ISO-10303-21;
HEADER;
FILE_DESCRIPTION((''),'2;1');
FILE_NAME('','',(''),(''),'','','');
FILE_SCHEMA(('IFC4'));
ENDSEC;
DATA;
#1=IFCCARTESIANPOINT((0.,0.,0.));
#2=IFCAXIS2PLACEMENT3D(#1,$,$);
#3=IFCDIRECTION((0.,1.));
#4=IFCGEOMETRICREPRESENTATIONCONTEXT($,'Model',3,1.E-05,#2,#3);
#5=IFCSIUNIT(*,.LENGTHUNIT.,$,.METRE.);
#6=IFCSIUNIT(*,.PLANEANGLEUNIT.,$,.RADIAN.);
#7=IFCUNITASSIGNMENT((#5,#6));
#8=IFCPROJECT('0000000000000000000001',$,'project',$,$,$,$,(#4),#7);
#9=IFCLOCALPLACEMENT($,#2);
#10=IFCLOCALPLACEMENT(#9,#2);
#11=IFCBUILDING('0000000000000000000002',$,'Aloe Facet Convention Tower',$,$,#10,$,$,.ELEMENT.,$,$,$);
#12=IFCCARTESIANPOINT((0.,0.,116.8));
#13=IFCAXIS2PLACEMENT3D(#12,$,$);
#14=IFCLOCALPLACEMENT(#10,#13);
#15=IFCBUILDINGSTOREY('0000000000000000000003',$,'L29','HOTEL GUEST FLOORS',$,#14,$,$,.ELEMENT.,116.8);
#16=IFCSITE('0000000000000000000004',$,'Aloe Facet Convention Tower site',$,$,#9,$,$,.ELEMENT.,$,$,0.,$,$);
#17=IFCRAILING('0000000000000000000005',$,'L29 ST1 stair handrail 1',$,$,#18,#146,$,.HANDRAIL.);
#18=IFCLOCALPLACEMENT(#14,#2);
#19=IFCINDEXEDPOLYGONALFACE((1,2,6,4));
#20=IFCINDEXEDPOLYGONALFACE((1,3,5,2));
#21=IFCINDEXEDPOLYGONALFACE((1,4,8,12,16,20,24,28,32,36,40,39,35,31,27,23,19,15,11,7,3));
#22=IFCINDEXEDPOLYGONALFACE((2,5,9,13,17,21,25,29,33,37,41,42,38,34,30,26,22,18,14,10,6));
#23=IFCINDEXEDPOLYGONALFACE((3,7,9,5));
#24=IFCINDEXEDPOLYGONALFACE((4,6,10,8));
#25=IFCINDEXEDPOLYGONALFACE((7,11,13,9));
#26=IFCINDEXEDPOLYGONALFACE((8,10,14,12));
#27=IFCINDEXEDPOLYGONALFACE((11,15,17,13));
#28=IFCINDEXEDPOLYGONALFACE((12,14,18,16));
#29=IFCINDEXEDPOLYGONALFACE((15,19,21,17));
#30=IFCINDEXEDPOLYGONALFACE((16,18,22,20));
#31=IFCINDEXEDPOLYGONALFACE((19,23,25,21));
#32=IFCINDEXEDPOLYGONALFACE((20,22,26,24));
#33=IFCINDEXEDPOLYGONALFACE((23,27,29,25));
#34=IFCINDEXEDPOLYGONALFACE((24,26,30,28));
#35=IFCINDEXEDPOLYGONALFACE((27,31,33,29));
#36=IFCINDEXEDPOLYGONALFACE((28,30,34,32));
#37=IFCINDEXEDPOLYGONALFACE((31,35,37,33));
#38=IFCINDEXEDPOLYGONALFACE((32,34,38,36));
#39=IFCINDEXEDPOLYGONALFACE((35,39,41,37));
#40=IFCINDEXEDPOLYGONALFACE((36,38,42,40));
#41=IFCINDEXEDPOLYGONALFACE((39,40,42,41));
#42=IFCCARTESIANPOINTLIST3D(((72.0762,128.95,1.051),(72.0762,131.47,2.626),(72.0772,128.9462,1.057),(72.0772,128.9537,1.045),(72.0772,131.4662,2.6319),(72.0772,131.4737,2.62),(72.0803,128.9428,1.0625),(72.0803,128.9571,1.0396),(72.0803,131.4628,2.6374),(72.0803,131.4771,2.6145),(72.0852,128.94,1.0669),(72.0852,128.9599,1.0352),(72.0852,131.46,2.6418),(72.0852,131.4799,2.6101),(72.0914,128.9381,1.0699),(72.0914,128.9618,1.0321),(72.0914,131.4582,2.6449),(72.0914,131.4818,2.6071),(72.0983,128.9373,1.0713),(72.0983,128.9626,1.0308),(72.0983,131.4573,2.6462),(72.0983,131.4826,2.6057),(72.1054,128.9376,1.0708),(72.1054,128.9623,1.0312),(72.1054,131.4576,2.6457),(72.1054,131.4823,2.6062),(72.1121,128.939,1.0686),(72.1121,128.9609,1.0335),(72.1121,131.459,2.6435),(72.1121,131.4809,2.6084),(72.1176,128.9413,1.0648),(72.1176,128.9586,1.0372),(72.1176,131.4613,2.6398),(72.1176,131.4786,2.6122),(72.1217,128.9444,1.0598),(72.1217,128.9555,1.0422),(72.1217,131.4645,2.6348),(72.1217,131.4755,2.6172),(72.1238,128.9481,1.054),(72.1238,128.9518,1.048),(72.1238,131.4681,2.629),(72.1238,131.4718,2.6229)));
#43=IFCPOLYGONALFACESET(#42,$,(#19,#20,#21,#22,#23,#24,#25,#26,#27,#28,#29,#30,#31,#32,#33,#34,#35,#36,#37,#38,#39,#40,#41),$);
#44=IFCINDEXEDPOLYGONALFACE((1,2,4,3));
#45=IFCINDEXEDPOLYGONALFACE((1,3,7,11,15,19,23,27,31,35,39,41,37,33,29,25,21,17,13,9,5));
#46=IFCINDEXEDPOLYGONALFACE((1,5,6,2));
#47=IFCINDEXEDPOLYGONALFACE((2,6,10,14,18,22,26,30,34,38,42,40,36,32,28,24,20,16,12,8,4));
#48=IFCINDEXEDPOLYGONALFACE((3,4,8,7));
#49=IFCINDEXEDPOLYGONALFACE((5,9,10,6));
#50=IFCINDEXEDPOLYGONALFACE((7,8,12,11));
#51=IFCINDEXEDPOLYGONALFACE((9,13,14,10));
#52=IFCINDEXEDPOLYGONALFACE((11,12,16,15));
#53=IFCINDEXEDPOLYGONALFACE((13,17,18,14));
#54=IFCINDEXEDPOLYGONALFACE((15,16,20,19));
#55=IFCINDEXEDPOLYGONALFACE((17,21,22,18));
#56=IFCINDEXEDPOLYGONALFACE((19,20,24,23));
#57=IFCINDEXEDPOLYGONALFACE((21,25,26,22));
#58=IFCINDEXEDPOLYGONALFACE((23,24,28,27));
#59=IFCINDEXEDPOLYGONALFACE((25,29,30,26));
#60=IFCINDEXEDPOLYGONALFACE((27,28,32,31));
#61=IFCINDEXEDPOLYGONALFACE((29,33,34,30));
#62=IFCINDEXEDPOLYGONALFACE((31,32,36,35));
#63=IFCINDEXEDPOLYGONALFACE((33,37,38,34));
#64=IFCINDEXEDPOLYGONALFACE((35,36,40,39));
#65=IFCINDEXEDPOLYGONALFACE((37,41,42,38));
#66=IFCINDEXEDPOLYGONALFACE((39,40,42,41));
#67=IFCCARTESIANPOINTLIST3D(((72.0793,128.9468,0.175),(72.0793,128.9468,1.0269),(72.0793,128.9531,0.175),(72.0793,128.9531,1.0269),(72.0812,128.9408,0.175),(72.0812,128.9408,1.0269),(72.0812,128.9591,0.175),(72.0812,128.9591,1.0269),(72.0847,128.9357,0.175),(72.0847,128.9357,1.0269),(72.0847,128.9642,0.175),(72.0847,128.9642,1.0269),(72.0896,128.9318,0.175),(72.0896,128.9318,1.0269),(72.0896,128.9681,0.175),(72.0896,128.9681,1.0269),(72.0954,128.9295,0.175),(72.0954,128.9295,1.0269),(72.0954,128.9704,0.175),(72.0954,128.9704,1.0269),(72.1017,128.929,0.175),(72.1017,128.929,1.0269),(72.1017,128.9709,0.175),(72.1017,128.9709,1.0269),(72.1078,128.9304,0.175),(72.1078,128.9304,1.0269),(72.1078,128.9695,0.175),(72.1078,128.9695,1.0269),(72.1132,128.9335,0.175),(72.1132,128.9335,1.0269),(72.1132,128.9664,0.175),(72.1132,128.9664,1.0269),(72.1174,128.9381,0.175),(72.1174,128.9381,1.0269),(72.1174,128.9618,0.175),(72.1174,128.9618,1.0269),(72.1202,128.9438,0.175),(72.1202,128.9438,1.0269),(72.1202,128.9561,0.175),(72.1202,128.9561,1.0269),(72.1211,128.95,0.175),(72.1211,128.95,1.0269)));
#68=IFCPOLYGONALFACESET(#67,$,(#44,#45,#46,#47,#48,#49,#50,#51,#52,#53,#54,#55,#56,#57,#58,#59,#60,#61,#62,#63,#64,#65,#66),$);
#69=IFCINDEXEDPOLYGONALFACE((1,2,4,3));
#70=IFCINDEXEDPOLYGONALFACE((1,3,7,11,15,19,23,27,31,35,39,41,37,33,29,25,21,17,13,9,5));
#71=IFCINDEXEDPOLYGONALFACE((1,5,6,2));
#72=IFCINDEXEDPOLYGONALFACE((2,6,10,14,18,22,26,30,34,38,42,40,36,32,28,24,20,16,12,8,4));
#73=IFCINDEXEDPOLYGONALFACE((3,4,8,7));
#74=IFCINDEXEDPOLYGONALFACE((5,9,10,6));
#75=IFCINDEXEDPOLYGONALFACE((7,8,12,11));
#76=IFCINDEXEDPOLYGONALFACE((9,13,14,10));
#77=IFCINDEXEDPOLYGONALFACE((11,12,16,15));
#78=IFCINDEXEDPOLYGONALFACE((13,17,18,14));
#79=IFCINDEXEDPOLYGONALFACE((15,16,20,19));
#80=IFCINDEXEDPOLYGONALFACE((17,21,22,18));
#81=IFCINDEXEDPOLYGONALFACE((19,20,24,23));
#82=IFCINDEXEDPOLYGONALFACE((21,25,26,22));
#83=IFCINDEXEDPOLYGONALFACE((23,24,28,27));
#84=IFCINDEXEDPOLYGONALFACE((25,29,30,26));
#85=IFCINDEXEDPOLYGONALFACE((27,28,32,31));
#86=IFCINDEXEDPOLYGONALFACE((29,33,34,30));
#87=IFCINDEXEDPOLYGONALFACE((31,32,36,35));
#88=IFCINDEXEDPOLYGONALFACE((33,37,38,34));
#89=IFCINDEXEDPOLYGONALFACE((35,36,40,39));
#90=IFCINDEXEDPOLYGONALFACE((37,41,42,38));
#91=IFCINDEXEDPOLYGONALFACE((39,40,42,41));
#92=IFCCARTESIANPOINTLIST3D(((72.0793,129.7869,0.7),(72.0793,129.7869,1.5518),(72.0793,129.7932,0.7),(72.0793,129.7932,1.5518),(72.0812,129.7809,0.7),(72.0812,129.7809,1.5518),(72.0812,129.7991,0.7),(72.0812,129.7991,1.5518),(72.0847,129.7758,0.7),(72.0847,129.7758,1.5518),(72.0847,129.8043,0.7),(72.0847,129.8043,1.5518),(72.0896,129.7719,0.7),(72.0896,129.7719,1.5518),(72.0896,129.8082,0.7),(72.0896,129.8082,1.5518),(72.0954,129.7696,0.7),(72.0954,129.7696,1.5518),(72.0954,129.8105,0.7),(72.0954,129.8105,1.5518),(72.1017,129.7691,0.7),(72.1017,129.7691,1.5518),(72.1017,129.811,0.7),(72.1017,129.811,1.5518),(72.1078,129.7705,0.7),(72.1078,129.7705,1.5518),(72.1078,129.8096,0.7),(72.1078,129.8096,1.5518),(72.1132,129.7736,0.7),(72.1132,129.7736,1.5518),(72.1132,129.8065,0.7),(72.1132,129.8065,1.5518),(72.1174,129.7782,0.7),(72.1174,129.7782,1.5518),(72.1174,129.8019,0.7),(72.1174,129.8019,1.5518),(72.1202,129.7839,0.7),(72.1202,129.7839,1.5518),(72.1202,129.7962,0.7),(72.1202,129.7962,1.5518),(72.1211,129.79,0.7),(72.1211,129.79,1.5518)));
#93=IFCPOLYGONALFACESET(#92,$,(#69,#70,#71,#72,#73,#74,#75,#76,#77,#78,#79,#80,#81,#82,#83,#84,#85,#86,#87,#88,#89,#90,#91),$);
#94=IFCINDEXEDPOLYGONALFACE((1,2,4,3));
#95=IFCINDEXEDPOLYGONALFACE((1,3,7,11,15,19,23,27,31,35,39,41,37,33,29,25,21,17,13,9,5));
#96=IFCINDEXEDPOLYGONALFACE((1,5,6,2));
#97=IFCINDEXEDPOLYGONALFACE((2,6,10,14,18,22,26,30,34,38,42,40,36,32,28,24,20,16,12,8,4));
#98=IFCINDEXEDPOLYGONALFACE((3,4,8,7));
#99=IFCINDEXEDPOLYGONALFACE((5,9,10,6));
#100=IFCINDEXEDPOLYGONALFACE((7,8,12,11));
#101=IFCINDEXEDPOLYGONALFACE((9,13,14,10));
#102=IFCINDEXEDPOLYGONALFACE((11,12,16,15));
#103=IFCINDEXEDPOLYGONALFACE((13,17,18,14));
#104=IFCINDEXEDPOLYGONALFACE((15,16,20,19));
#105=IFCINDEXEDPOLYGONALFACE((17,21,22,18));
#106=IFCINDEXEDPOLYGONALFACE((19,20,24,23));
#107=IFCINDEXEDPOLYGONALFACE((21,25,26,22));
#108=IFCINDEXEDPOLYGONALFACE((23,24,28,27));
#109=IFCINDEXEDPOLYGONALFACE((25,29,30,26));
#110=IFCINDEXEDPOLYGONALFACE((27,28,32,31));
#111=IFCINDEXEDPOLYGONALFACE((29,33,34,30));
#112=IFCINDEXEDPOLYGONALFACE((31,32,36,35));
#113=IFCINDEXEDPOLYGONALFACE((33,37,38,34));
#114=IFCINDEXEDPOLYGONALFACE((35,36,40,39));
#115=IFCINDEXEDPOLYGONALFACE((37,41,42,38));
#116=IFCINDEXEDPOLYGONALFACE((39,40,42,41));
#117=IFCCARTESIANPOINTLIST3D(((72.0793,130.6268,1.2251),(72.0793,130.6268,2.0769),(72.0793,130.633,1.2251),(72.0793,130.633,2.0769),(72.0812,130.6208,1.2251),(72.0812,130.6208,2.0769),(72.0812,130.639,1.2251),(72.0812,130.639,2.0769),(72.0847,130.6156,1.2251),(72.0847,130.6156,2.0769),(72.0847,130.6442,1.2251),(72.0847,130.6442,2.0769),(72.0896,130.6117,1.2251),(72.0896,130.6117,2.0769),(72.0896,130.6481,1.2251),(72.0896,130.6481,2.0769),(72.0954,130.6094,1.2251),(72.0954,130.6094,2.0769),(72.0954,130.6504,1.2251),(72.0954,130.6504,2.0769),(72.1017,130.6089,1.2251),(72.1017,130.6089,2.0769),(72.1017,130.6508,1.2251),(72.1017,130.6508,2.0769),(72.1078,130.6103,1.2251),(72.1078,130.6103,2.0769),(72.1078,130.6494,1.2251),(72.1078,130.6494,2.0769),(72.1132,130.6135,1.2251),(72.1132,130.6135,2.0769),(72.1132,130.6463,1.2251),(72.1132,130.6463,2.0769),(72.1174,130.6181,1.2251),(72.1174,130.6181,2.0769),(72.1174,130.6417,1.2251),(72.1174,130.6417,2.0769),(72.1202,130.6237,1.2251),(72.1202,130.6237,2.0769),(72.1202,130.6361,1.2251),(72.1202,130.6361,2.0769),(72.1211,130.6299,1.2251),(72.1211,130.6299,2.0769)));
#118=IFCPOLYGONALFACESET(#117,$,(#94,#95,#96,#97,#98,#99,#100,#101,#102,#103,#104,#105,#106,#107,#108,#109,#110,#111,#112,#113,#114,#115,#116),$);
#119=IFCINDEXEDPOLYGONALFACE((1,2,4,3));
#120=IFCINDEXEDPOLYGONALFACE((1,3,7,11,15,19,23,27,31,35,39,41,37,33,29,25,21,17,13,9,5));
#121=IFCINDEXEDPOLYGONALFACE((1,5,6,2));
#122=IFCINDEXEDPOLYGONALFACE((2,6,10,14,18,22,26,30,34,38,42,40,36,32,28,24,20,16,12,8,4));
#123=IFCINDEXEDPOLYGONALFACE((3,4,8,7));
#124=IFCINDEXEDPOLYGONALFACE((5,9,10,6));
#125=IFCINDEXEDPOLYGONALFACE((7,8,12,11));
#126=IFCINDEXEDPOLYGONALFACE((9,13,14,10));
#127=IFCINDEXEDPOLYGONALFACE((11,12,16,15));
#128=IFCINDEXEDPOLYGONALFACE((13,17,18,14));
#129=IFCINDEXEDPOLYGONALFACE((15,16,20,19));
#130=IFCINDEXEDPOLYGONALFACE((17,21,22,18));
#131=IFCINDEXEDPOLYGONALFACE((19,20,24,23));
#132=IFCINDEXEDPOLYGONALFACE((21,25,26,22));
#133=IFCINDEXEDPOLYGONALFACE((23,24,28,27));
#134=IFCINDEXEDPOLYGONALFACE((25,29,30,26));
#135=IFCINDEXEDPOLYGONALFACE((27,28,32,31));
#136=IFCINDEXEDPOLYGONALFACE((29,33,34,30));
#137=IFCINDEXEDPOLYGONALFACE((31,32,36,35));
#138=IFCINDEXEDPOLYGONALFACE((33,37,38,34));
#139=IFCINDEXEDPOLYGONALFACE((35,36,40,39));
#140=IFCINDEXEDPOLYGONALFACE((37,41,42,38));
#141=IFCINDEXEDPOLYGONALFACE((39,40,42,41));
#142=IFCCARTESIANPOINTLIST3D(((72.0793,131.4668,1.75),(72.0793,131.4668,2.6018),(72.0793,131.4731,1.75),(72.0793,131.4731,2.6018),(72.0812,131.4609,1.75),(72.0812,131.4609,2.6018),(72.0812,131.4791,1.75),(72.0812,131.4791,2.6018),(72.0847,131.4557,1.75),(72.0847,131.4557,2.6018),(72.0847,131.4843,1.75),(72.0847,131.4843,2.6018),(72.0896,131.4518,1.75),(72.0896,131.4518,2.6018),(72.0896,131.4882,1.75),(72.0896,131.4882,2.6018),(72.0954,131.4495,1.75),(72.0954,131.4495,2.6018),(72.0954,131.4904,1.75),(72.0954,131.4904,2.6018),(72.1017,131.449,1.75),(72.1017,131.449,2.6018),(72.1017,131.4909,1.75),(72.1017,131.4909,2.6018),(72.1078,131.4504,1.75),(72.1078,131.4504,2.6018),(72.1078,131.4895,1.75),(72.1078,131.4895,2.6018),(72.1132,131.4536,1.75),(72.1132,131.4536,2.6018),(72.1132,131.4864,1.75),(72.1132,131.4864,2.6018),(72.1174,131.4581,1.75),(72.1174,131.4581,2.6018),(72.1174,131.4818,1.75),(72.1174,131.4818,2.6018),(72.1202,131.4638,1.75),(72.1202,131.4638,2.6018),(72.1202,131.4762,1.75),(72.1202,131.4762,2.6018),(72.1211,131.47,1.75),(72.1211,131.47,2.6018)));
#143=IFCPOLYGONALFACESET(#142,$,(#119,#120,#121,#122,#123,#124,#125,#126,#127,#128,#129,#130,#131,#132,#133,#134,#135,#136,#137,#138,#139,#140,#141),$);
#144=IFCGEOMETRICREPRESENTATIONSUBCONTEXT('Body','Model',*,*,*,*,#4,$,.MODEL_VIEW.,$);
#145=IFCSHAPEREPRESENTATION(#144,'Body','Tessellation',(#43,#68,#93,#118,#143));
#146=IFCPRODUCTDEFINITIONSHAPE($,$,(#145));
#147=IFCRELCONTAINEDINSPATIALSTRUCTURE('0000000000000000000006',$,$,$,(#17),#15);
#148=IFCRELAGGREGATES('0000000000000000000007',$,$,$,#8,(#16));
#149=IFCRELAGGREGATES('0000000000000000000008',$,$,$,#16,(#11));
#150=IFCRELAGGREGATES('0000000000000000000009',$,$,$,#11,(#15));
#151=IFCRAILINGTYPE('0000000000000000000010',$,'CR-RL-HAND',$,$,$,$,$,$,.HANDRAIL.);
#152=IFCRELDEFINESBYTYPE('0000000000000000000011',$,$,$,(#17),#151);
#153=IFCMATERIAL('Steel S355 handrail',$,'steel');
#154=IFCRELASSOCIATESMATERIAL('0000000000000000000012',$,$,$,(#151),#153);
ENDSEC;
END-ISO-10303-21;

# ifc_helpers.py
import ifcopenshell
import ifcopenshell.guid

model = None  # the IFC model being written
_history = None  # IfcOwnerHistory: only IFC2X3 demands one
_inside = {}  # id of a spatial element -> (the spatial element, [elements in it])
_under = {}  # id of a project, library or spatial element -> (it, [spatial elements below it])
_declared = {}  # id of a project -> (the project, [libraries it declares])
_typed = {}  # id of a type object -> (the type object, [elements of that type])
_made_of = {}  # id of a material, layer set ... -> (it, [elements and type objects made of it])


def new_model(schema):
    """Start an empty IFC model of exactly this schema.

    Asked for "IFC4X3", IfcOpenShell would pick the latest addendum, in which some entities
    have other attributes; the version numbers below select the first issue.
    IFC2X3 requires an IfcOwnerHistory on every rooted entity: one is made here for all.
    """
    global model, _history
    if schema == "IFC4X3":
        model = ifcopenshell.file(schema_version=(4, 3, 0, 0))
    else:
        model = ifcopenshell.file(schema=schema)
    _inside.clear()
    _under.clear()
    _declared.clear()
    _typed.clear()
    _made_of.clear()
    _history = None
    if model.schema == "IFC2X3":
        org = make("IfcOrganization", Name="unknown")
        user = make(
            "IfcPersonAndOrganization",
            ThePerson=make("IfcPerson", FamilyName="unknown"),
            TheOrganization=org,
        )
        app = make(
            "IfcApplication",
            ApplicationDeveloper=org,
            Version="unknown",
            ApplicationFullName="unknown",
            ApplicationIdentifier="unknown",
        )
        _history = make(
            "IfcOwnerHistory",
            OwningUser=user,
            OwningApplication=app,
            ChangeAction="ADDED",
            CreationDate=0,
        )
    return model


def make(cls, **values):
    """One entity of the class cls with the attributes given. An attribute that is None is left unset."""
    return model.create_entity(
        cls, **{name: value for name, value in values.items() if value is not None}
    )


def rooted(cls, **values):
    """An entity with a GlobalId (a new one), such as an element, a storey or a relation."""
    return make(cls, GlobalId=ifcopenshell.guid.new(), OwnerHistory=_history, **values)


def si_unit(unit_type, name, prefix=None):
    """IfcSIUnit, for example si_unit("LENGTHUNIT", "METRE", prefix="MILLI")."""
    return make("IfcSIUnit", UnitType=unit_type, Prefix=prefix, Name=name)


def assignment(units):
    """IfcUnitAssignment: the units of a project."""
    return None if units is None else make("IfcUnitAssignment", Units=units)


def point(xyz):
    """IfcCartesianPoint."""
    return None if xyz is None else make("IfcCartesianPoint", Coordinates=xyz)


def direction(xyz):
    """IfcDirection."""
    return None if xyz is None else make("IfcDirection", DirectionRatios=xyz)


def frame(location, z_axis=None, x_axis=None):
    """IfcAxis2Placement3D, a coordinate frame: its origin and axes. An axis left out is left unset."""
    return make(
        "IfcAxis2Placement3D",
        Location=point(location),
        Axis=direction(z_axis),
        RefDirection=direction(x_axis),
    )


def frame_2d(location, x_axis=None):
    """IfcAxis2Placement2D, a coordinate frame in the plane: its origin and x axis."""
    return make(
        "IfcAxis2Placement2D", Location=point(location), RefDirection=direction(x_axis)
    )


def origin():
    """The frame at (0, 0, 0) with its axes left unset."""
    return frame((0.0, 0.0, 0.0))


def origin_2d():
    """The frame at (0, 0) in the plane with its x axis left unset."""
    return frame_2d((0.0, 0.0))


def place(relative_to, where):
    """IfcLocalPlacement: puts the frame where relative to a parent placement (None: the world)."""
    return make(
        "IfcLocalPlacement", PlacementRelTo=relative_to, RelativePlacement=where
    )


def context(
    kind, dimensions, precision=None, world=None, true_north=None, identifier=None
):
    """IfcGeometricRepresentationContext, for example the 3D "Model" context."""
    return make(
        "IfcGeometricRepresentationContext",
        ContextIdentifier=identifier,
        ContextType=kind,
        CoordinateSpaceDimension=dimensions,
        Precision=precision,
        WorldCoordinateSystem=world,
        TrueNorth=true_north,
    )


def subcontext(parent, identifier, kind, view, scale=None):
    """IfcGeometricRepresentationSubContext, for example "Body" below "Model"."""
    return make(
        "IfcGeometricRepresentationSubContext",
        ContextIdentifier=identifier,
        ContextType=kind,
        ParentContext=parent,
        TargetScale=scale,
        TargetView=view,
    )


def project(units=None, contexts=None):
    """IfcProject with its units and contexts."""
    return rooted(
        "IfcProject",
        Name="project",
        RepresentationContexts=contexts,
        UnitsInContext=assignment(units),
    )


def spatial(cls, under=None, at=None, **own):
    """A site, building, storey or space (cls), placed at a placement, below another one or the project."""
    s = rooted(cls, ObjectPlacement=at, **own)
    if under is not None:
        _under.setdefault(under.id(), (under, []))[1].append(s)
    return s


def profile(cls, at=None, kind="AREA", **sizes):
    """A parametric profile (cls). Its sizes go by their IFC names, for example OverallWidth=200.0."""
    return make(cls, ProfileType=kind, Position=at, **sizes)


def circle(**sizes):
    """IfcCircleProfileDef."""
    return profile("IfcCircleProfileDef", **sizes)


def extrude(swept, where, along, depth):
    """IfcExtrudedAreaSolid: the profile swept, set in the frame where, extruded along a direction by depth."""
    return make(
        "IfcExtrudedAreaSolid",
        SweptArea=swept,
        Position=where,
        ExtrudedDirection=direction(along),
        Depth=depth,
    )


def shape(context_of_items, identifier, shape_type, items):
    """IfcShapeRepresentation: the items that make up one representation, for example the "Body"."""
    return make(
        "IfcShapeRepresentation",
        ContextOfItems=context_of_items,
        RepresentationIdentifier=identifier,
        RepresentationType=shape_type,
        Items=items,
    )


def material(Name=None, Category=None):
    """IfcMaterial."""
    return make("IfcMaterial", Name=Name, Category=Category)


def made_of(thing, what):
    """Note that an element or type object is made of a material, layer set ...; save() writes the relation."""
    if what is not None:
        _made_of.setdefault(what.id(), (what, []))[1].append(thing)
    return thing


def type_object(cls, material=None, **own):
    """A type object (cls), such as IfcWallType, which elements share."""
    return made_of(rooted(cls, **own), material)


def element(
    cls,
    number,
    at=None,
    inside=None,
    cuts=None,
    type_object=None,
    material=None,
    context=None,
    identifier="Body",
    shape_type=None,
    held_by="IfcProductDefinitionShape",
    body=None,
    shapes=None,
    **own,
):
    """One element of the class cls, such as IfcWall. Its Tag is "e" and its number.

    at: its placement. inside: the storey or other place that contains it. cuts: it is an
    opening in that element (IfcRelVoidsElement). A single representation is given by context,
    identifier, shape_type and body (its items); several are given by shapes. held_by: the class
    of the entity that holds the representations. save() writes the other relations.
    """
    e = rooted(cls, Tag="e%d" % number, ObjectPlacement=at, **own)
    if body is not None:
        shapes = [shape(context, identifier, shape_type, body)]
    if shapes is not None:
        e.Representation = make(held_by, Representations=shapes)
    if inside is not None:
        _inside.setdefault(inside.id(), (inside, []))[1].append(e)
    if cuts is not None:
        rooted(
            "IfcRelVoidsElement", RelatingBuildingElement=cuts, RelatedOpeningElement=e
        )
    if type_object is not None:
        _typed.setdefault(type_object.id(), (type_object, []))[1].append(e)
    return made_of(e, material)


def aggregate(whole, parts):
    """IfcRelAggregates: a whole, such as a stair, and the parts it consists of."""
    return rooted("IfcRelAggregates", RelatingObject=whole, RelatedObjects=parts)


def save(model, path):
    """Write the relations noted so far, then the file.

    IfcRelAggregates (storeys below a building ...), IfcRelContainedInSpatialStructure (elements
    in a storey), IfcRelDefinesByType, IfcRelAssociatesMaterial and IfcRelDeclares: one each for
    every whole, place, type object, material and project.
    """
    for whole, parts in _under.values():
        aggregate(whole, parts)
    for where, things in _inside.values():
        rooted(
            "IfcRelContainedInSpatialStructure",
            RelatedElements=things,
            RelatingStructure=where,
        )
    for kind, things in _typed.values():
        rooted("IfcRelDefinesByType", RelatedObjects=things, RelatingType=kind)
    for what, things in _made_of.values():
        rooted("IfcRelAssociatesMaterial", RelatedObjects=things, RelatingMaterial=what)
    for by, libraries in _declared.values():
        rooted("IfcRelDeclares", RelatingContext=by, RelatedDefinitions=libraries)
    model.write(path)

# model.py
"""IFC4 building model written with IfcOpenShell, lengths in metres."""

from ifc_helpers import new_model, si_unit, direction, frame, origin, origin_2d, place, context, subcontext, project, spatial, circle, extrude, material, type_object, element, save


model = new_model("IFC4")

# Units and contexts
model_context = context("Model", 3, precision=1e-05, world=origin(), true_north=direction((0.0, 1.0)))
body_context = subcontext(model_context, "Body", "Model", "MODEL_VIEW")
ifc_project = project(units=[si_unit("LENGTHUNIT", "METRE"), si_unit("PLANEANGLEUNIT", "RADIAN")], contexts=[model_context])

# Site, building, storey
site_placement = place(None, origin())
site = spatial("IfcSite", under=ifc_project, at=site_placement, Name="Aloe Facet Convention Tower site", CompositionType="ELEMENT", RefElevation=0.0)
building_placement = place(site_placement, origin())
building = spatial("IfcBuilding", under=site, at=building_placement, Name="Aloe Facet Convention Tower", CompositionType="ELEMENT")
storey_placement = place(building_placement, frame((0.0, 0.0, 116.8)))
storey = spatial("IfcBuildingStorey", under=building, at=storey_placement, Name="L29", Description="HOTEL GUEST FLOORS", CompositionType="ELEMENT", Elevation=116.8)

# Railing
ifc_material_1 = material(Name="Steel S355 handrail", Category="steel")
railing_type_1 = type_object("IfcRailingType", Name="CR-RL-HAND", PredefinedType="HANDRAIL", material=ifc_material_1)
railing_1_placement = place(storey_placement, frame((72.1001, 128.95, 0.175)))
element("IfcRailing", 1, at=railing_1_placement, inside=storey, type_object=railing_type_1, Name="L29 ST1 stair handrail 1", PredefinedType="HANDRAIL", context=body_context, shape_type="SweptSolid", body=[
    extrude(circle(Radius=0.0239, at=origin_2d()), frame((0.0, 0.0, 0.876), z_axis=(0.0, 0.848008, 0.529984), x_axis=(-1.0, 0.0, 0.0)), (0.0, 0.0, 1.0), 2.9717),
    extrude(circle(Radius=0.021, at=origin_2d()), origin(), (0.0, 0.0, 1.0), 0.8518),
    extrude(circle(Radius=0.021, at=origin_2d()), frame((0.0, 0.8401, 0.5249)), (0.0, 0.0, 1.0), 0.8518),
    extrude(circle(Radius=0.021, at=origin_2d()), frame((0.0, 1.6799, 1.05)), (0.0, 0.0, 1.0), 0.8518),
    extrude(circle(Radius=0.021, at=origin_2d()), frame((0.0, 2.52, 1.575)), (0.0, 0.0, 1.0), 0.8518),
])

save(model, "model.ifc")
